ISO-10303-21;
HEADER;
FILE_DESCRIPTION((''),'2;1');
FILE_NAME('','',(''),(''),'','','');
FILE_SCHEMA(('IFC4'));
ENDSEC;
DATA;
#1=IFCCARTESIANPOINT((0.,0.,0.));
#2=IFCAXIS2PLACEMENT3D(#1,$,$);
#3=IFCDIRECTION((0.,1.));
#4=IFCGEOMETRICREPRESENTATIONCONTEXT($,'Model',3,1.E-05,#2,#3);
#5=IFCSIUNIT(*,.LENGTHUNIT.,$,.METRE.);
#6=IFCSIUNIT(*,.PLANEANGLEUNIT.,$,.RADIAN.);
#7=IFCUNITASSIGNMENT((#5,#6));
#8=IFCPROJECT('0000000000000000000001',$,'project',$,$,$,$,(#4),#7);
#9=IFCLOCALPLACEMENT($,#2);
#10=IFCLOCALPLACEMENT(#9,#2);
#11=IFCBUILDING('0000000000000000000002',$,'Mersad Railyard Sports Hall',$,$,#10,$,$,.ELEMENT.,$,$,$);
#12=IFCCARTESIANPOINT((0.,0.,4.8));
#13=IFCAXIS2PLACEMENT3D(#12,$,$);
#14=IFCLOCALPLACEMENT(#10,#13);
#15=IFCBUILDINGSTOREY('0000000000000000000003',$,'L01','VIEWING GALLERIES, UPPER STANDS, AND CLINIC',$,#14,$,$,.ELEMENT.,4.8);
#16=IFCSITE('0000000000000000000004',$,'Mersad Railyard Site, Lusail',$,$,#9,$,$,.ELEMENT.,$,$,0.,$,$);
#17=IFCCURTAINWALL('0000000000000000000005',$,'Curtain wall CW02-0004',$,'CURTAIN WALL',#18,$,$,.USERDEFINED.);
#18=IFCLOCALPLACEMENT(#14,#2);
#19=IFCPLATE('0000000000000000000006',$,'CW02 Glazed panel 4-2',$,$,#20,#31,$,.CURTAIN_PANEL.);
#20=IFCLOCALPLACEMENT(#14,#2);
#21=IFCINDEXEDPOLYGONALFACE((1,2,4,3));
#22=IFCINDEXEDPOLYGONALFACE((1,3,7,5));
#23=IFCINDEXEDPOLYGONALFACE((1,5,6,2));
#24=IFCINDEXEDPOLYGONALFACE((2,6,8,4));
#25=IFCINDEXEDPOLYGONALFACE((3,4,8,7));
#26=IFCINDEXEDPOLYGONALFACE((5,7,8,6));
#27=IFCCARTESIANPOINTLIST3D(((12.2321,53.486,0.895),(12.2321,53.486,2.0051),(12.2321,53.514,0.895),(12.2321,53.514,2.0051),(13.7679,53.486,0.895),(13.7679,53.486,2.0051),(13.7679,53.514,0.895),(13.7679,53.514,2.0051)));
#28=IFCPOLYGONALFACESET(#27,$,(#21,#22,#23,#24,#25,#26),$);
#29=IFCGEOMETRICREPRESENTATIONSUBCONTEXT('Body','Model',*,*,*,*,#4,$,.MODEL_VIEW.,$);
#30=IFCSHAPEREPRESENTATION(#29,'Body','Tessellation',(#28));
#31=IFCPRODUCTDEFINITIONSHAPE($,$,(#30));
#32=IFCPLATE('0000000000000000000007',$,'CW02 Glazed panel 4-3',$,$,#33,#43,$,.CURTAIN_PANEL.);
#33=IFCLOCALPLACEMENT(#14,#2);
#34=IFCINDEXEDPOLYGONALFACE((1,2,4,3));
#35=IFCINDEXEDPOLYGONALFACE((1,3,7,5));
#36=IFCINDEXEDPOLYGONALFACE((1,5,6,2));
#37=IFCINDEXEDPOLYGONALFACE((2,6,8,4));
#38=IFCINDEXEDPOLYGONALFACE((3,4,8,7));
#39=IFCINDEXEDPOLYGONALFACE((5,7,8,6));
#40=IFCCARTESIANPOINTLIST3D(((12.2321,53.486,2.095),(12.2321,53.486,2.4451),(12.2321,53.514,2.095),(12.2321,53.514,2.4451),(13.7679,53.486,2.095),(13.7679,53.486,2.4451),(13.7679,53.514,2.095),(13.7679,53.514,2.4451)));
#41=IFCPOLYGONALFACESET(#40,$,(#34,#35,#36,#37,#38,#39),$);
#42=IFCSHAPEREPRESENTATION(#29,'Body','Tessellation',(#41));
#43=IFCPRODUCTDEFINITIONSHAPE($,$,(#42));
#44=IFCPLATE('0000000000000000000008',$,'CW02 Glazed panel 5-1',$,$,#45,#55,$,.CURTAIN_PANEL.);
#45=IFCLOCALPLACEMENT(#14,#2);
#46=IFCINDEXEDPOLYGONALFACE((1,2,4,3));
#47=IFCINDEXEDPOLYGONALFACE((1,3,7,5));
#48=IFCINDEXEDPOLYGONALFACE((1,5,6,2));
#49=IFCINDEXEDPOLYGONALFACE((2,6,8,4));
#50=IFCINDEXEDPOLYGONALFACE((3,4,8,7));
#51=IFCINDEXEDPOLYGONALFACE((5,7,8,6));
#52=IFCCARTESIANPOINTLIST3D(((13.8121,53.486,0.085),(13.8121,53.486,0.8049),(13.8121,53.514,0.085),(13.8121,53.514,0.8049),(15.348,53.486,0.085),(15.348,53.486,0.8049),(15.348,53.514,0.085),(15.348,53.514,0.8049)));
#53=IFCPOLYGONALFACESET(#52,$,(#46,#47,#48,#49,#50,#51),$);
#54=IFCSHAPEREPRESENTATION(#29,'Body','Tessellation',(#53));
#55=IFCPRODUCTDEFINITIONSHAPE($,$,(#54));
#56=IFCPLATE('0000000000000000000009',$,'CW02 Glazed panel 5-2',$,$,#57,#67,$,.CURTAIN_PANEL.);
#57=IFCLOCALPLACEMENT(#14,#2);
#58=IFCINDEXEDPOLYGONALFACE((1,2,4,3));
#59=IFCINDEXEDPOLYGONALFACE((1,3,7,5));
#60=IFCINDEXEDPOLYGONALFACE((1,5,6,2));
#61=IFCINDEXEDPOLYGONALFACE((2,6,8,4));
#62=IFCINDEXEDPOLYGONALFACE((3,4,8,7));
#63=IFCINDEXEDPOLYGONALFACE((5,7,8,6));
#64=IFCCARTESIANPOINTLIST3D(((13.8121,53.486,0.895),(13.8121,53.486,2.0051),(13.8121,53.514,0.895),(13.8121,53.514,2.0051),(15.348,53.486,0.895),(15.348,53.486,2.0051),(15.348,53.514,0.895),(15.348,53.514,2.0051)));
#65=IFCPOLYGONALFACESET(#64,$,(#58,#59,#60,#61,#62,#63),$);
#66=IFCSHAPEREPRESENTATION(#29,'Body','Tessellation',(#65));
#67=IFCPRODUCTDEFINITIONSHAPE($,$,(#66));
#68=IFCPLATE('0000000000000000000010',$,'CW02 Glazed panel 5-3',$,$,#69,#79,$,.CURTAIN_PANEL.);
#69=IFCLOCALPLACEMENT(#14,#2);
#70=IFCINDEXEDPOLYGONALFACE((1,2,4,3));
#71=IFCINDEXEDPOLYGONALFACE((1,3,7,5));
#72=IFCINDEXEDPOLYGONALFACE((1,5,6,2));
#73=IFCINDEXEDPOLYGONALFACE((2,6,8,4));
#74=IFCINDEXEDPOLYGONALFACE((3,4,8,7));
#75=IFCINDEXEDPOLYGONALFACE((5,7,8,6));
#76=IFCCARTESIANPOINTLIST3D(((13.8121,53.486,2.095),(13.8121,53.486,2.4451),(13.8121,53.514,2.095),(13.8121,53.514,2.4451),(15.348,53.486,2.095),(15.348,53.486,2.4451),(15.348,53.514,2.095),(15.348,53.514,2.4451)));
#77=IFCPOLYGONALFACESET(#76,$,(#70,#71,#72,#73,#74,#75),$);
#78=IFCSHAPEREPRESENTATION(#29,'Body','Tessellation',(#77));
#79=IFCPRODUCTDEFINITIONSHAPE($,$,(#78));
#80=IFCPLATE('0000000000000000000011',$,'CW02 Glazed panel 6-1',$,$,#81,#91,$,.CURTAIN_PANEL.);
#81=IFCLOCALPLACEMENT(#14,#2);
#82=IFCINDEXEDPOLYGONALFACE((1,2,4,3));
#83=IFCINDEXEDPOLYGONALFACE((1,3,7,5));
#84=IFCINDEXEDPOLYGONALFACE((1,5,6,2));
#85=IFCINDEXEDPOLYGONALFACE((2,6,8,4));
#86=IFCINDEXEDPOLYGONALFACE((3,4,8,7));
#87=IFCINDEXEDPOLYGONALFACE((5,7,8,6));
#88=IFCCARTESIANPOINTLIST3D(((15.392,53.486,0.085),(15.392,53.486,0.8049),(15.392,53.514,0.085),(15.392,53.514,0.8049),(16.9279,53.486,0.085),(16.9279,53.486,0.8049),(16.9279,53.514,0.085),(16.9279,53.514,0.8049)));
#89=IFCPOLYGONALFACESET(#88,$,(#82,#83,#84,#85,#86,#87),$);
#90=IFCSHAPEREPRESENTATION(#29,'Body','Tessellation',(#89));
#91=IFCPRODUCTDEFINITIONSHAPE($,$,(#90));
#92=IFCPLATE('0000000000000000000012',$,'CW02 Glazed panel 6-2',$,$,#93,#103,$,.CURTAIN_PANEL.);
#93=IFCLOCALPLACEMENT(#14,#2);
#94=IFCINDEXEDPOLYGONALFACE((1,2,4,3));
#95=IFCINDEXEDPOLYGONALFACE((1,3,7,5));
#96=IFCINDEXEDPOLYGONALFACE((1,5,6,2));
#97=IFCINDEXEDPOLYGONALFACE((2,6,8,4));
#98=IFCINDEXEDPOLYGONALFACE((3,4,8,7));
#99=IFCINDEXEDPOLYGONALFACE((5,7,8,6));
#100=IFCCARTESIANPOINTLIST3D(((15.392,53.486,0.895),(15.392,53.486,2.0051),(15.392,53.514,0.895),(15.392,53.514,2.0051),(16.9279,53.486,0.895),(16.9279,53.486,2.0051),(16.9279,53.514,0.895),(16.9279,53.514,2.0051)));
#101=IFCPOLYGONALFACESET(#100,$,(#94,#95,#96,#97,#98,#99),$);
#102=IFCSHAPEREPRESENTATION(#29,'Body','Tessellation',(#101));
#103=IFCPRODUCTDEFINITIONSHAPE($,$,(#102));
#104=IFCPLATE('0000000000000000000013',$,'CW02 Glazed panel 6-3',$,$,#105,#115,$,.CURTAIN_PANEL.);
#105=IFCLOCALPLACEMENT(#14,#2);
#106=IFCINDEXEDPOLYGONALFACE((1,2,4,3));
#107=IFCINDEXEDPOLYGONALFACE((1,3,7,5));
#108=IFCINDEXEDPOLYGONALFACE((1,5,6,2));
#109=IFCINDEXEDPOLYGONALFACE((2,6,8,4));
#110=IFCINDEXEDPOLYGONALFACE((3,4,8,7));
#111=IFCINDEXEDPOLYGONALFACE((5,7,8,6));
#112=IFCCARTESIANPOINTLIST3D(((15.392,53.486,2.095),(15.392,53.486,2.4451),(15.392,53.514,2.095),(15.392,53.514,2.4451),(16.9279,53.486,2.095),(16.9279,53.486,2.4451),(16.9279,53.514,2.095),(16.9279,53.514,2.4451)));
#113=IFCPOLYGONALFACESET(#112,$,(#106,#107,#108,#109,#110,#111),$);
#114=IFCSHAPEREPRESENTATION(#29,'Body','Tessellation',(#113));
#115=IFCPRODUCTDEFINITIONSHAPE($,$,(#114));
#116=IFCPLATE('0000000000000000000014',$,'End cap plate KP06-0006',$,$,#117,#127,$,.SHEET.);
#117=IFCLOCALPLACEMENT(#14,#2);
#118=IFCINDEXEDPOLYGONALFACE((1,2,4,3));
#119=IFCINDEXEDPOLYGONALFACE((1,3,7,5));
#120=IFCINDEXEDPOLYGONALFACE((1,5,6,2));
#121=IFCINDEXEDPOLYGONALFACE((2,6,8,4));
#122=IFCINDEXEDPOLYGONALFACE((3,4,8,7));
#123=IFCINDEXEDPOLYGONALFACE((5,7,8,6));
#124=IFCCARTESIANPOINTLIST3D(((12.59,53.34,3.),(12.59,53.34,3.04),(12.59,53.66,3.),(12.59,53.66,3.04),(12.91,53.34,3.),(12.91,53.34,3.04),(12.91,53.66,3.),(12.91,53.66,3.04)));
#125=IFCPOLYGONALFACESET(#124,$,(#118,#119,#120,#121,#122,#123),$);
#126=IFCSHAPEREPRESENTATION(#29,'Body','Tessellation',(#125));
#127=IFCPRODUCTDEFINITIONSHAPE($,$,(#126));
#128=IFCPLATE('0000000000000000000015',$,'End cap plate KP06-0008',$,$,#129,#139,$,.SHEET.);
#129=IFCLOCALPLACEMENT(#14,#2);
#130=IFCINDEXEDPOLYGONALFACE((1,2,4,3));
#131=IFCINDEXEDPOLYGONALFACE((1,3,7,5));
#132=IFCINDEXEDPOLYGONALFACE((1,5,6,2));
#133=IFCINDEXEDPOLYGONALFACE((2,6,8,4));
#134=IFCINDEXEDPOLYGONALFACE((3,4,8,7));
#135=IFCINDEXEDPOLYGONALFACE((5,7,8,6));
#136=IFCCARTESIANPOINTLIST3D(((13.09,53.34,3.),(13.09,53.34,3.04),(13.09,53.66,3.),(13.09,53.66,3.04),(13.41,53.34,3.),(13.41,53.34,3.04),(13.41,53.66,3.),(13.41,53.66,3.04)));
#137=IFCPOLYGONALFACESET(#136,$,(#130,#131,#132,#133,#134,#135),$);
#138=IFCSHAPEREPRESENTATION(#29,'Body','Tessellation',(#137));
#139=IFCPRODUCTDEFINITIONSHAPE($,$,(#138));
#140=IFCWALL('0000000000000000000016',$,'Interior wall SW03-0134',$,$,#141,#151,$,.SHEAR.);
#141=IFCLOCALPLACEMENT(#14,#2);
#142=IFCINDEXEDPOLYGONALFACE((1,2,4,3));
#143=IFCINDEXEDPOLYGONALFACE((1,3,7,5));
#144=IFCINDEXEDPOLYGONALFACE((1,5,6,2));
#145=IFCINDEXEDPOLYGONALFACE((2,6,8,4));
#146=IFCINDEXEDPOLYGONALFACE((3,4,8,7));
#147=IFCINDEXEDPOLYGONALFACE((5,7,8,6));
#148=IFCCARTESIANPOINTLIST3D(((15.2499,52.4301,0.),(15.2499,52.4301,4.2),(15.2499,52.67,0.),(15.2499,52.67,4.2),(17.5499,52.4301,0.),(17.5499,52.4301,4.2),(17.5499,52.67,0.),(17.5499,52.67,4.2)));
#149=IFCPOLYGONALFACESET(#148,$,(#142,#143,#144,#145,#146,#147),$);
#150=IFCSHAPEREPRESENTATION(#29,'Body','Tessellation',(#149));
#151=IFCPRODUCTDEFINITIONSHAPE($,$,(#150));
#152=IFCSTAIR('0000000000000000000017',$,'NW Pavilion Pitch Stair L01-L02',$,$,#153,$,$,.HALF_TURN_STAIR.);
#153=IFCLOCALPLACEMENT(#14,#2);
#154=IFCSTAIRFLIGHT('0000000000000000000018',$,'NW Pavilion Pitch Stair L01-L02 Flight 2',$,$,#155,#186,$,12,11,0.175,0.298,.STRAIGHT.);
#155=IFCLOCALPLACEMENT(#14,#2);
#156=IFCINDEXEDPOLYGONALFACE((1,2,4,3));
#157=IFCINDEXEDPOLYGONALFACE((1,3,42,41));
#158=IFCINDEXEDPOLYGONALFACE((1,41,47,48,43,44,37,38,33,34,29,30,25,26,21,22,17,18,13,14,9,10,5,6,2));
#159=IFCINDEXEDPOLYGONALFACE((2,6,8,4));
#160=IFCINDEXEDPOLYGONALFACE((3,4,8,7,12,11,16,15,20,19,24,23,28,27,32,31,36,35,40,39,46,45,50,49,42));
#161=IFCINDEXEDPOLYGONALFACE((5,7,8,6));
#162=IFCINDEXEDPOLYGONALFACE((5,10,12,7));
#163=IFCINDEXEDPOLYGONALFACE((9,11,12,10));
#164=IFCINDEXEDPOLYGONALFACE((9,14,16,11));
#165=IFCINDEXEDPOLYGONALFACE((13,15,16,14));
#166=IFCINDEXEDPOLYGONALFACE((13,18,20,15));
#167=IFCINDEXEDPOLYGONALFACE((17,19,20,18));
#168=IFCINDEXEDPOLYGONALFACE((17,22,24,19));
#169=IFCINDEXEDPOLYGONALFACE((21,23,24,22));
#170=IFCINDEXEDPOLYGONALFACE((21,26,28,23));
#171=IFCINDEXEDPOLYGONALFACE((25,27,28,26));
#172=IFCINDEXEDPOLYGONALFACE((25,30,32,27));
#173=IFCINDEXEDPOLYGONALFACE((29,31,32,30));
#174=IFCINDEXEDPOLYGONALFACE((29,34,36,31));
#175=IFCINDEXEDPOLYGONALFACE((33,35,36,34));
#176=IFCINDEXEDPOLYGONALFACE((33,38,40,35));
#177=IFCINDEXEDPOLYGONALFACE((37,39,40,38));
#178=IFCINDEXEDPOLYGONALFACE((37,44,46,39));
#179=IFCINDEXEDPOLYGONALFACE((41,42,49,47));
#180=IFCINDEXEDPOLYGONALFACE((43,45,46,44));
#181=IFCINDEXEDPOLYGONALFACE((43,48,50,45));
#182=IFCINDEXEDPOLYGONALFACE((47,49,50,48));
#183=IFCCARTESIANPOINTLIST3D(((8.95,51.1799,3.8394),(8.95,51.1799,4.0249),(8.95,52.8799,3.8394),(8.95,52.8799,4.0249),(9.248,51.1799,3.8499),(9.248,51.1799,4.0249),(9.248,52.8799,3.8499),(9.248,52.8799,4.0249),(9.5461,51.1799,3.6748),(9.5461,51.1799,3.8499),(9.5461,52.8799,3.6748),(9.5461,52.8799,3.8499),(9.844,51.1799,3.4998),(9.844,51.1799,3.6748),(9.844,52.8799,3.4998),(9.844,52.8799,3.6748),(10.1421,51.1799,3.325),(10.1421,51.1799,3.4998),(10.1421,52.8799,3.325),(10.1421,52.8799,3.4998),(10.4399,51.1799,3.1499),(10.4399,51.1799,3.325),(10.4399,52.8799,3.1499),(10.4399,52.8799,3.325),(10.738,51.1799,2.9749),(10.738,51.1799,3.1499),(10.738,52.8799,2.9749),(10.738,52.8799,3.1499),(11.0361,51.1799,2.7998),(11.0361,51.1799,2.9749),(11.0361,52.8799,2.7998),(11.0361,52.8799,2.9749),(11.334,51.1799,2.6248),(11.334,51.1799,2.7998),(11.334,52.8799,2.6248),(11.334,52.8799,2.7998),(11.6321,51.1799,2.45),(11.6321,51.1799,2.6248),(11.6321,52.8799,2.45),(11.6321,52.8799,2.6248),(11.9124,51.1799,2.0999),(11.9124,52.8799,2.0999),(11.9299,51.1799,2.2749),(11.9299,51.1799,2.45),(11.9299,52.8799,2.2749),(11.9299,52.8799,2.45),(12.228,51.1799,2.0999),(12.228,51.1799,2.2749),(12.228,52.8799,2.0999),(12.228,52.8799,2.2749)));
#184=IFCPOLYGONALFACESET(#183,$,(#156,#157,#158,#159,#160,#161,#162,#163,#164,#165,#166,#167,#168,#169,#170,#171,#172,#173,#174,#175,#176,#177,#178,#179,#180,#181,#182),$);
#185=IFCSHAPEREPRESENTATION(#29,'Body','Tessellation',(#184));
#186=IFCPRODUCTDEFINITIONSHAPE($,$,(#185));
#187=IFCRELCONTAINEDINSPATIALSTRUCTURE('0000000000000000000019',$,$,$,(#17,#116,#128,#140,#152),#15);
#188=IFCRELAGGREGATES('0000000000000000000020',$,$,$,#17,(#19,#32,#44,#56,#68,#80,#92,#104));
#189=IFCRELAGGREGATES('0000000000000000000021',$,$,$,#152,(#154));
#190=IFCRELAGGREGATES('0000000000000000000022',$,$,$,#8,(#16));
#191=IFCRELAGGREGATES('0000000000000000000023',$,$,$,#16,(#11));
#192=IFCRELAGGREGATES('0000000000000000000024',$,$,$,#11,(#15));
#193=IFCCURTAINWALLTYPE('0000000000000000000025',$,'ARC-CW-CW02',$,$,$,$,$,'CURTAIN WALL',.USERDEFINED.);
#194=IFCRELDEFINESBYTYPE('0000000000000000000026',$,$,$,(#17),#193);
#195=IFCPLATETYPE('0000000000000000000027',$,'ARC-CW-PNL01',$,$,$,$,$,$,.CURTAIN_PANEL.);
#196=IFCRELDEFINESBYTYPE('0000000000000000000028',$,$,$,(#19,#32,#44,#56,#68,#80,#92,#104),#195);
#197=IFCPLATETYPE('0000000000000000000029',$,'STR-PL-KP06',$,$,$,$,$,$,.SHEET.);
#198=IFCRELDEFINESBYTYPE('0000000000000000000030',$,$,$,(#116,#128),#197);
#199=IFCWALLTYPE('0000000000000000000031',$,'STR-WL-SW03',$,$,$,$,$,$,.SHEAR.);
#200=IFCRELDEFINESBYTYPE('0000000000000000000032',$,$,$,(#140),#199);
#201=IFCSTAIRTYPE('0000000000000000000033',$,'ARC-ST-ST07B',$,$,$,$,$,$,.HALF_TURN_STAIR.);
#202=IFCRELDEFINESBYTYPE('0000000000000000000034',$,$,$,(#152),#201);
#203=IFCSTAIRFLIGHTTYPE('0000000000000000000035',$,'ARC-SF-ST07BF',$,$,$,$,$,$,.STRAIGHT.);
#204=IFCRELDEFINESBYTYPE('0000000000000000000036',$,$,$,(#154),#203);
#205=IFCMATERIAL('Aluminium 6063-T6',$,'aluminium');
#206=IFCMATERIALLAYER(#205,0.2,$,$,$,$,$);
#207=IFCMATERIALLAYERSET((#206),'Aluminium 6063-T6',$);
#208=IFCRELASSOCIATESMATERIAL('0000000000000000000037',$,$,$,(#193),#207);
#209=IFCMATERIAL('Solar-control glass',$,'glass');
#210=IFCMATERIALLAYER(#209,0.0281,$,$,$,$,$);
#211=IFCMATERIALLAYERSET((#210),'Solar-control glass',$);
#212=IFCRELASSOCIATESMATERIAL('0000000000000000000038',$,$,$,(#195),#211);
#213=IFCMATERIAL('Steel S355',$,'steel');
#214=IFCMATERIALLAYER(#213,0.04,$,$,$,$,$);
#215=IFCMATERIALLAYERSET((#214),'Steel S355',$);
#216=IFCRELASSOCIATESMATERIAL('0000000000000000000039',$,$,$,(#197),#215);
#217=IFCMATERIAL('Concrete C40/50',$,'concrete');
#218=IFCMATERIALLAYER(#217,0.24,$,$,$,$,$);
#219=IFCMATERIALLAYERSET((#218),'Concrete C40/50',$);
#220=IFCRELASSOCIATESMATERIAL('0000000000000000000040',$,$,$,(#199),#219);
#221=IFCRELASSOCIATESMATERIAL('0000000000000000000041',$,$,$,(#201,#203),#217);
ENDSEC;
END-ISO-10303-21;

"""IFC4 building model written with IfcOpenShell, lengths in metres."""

from ifc_helpers import new_model, si_unit, direction, frame, frame_2d, origin, origin_2d, place, context, subcontext, project, spatial, polyline, rectangle, outline, extrude, material, layer, layer_set, type_object, element, aggregate, save


model = new_model("IFC4")

# Units and contexts
model_context = context("Model", 3, precision=1e-05, world=origin(), true_north=direction((0.0, 1.0)))
body_context = subcontext(model_context, "Body", "Model", "MODEL_VIEW")
ifc_project = project(units=[si_unit("LENGTHUNIT", "METRE"), si_unit("PLANEANGLEUNIT", "RADIAN")], contexts=[model_context])

# Site, building, storey
site_placement = place(None, origin())
site = spatial("IfcSite", under=ifc_project, at=site_placement, Name="Mersad Railyard Site, Lusail", CompositionType="ELEMENT", RefElevation=0.0)
building_placement = place(site_placement, origin())
building = spatial("IfcBuilding", under=site, at=building_placement, Name="Mersad Railyard Sports Hall", CompositionType="ELEMENT")
storey_placement = place(building_placement, frame((0.0, 0.0, 4.8)))
storey = spatial("IfcBuildingStorey", under=building, at=storey_placement, Name="L01", Description="VIEWING GALLERIES, UPPER STANDS, AND CLINIC", CompositionType="ELEMENT", Elevation=4.8)

# Curtain wall
ifc_material_1 = material(Name="Aluminium 6063-T6", Category="aluminium")
ifc_layer_1 = layer(ifc_material_1, 0.2)
ifc_layer_set_1 = layer_set([ifc_layer_1], Name="Aluminium 6063-T6")
curtain_wall_type = type_object("IfcCurtainWallType", Name="ARC-CW-CW02", ElementType="CURTAIN WALL", PredefinedType="USERDEFINED", material=ifc_layer_set_1)
curtain_wall_placement = place(storey_placement, origin())
curtain_wall = element("IfcCurtainWall", 1, at=curtain_wall_placement, inside=storey, type_object=curtain_wall_type, Name="Curtain wall CW02-0004", ObjectType="CURTAIN WALL", PredefinedType="USERDEFINED")

# Plates
ifc_material_2 = material(Name="Solar-control glass", Category="glass")
ifc_layer_2 = layer(ifc_material_2, 0.0281)
ifc_layer_set_2 = layer_set([ifc_layer_2], Name="Solar-control glass")
plate_type_1 = type_object("IfcPlateType", Name="ARC-CW-PNL01", PredefinedType="CURTAIN_PANEL", material=ifc_layer_set_2)
plate_1_placement = place(storey_placement, frame((13.0, 53.5, 0.895), z_axis=(0.0, 0.0, 1.0), x_axis=(1.0, 0.0, 0.0)))
plate_1 = element("IfcPlate", 2, at=plate_1_placement, type_object=plate_type_1, Name="CW02 Glazed panel 4-2", PredefinedType="CURTAIN_PANEL", context=body_context, shape_type="SweptSolid", body=[
    extrude(rectangle(XDim=1.5359, YDim=0.0281, at=origin_2d()), origin(), (0.0, 0.0, 1.0), 1.1101),
])
plate_2_placement = place(storey_placement, frame((13.0, 53.5, 2.095), z_axis=(0.0, 0.0, 1.0), x_axis=(1.0, 0.0, 0.0)))
plate_2 = element("IfcPlate", 3, at=plate_2_placement, type_object=plate_type_1, Name="CW02 Glazed panel 4-3", PredefinedType="CURTAIN_PANEL", context=body_context, shape_type="SweptSolid", body=[
    extrude(rectangle(XDim=1.5359, YDim=0.0281, at=origin_2d()), origin(), (0.0, 0.0, 1.0), 0.3501),
])
plate_3_placement = place(storey_placement, frame((14.5801, 53.5, 0.085), z_axis=(0.0, 0.0, 1.0), x_axis=(1.0, 0.0, 0.0)))
plate_3 = element("IfcPlate", 4, at=plate_3_placement, type_object=plate_type_1, Name="CW02 Glazed panel 5-1", PredefinedType="CURTAIN_PANEL", context=body_context, shape_type="SweptSolid", body=[
    extrude(rectangle(XDim=1.5359, YDim=0.0281, at=origin_2d()), origin(), (0.0, 0.0, 1.0), 0.72),
])
plate_4_placement = place(storey_placement, frame((14.5801, 53.5, 0.895), z_axis=(0.0, 0.0, 1.0), x_axis=(1.0, 0.0, 0.0)))
plate_4 = element("IfcPlate", 5, at=plate_4_placement, type_object=plate_type_1, Name="CW02 Glazed panel 5-2", PredefinedType="CURTAIN_PANEL", context=body_context, shape_type="SweptSolid", body=[
    extrude(rectangle(XDim=1.5359, YDim=0.0281, at=origin_2d()), origin(), (0.0, 0.0, 1.0), 1.1101),
])
plate_5_placement = place(storey_placement, frame((14.5801, 53.5, 2.095), z_axis=(0.0, 0.0, 1.0), x_axis=(1.0, 0.0, 0.0)))
plate_5 = element("IfcPlate", 6, at=plate_5_placement, type_object=plate_type_1, Name="CW02 Glazed panel 5-3", PredefinedType="CURTAIN_PANEL", context=body_context, shape_type="SweptSolid", body=[
    extrude(rectangle(XDim=1.5359, YDim=0.0281, at=origin_2d()), origin(), (0.0, 0.0, 1.0), 0.3501),
])
plate_6_placement = place(storey_placement, frame((16.1599, 53.5, 0.085), z_axis=(0.0, 0.0, 1.0), x_axis=(1.0, 0.0, 0.0)))
plate_6 = element("IfcPlate", 7, at=plate_6_placement, type_object=plate_type_1, Name="CW02 Glazed panel 6-1", PredefinedType="CURTAIN_PANEL", context=body_context, shape_type="SweptSolid", body=[
    extrude(rectangle(XDim=1.5359, YDim=0.0281, at=origin_2d()), origin(), (0.0, 0.0, 1.0), 0.72),
])
plate_7_placement = place(storey_placement, frame((16.1599, 53.5, 0.895), z_axis=(0.0, 0.0, 1.0), x_axis=(1.0, 0.0, 0.0)))
plate_7 = element("IfcPlate", 8, at=plate_7_placement, type_object=plate_type_1, Name="CW02 Glazed panel 6-2", PredefinedType="CURTAIN_PANEL", context=body_context, shape_type="SweptSolid", body=[
    extrude(rectangle(XDim=1.5359, YDim=0.0281, at=origin_2d()), origin(), (0.0, 0.0, 1.0), 1.1101),
])
plate_8_placement = place(storey_placement, frame((16.1599, 53.5, 2.095), z_axis=(0.0, 0.0, 1.0), x_axis=(1.0, 0.0, 0.0)))
plate_8 = element("IfcPlate", 9, at=plate_8_placement, type_object=plate_type_1, Name="CW02 Glazed panel 6-3", PredefinedType="CURTAIN_PANEL", context=body_context, shape_type="SweptSolid", body=[
    extrude(rectangle(XDim=1.5359, YDim=0.0281, at=origin_2d()), origin(), (0.0, 0.0, 1.0), 0.3501),
])
aggregate(curtain_wall, [plate_1, plate_2, plate_3, plate_4, plate_5, plate_6, plate_7, plate_8])

# Plates
ifc_material_3 = material(Name="Steel S355", Category="steel")
ifc_layer_3 = layer(ifc_material_3, 0.04)
ifc_layer_set_3 = layer_set([ifc_layer_3], Name="Steel S355")
plate_type_2 = type_object("IfcPlateType", Name="STR-PL-KP06", PredefinedType="SHEET", material=ifc_layer_set_3)
for number, where, z_axis, x_axis, name in (
    (10, (12.75, 53.5, 3.0), (0.0, 0.0, 1.0), (1.0, 0.0, 0.0), "End cap plate KP06-0006"),
    (11, (13.25, 53.5, 3.0), (0.0, 0.0, 1.0), (1.0, 0.0, 0.0), "End cap plate KP06-0008"),
):
    element("IfcPlate", number, at=place(storey_placement, frame(where, z_axis=z_axis, x_axis=x_axis)), inside=storey, type_object=plate_type_2, Name=name, PredefinedType="SHEET", context=body_context, shape_type="SweptSolid", body=[
        extrude(rectangle(XDim=0.3201, YDim=0.3201, at=origin_2d()), origin(), (0.0, 0.0, 1.0), 0.04),
    ])

# Wall
ifc_material_4 = material(Name="Concrete C40/50", Category="concrete")
ifc_layer_4 = layer(ifc_material_4, 0.24)
ifc_layer_set_4 = layer_set([ifc_layer_4], Name="Concrete C40/50")
wall_type = type_object("IfcWallType", Name="STR-WL-SW03", PredefinedType="SHEAR", material=ifc_layer_set_4)
wall_placement = place(storey_placement, frame((15.25, 52.55, 0.0), z_axis=(0.0, 0.0, 1.0), x_axis=(1.0, 0.0, 0.0)))
element("IfcWall", 12, at=wall_placement, inside=storey, type_object=wall_type, Name="Interior wall SW03-0134", PredefinedType="SHEAR", context=body_context, shape_type="SweptSolid", body=[
    extrude(rectangle(XDim=2.3, YDim=0.24, at=frame_2d((1.1499, 0.0))), origin(), (0.0, 0.0, 1.0), 4.2),
])

# Stair, stair flight
stair_type = type_object("IfcStairType", Name="ARC-ST-ST07B", PredefinedType="HALF_TURN_STAIR", material=ifc_material_4)
stair_placement = place(storey_placement, origin())
stair = element("IfcStair", 13, at=stair_placement, inside=storey, type_object=stair_type, Name="NW Pavilion Pitch Stair L01-L02", PredefinedType="HALF_TURN_STAIR")
stair_flight_type = type_object("IfcStairFlightType", Name="ARC-SF-ST07BF", PredefinedType="STRAIGHT", material=ifc_material_4)
stair_flight_placement = place(storey_placement, frame((12.228, 52.03, 2.0999), z_axis=(0.0, 0.0, 1.0), x_axis=(-1.0, 0.0, 0.0)))
stair_flight = element("IfcStairFlight", 14, at=stair_flight_placement, type_object=stair_flight_type, Name="NW Pavilion Pitch Stair L01-L02 Flight 2", NumberOfRisers=12, NumberOfTreads=11, PredefinedType="STRAIGHT", RiserHeight=0.175, TreadLength=0.298, context=body_context, shape_type="SweptSolid", body=[
    extrude(outline(polyline([(0.0, 0.0), (0.0, 0.175), (0.2981, 0.175), (0.2981, 0.3501), (0.5959, 0.3501), (0.5959, 0.5249), (0.894, 0.5249), (0.894, 0.7), (1.1919, 0.7), (1.1919, 0.875), (1.49, 0.875), (1.49, 1.05), (1.7881, 1.05), (1.7881, 1.2251), (2.0859, 1.2251), (2.0859, 1.3999), (2.384, 1.3999), (2.384, 1.575), (2.6819, 1.575), (2.6819, 1.75), (2.98, 1.75), (2.98, 1.925), (3.2781, 1.925), (3.2781, 2.1001), (3.2781, 1.7395), (0.3157, 0.0), (0.0, 0.0)])), frame((0.0, 0.8501, 0.0), z_axis=(0.0, -1.0, 0.0), x_axis=(1.0, 0.0, 0.0)), (0.0, 0.0, 1.0), 1.7),
])
aggregate(stair, [stair_flight])

save(model, "model.ifc")
